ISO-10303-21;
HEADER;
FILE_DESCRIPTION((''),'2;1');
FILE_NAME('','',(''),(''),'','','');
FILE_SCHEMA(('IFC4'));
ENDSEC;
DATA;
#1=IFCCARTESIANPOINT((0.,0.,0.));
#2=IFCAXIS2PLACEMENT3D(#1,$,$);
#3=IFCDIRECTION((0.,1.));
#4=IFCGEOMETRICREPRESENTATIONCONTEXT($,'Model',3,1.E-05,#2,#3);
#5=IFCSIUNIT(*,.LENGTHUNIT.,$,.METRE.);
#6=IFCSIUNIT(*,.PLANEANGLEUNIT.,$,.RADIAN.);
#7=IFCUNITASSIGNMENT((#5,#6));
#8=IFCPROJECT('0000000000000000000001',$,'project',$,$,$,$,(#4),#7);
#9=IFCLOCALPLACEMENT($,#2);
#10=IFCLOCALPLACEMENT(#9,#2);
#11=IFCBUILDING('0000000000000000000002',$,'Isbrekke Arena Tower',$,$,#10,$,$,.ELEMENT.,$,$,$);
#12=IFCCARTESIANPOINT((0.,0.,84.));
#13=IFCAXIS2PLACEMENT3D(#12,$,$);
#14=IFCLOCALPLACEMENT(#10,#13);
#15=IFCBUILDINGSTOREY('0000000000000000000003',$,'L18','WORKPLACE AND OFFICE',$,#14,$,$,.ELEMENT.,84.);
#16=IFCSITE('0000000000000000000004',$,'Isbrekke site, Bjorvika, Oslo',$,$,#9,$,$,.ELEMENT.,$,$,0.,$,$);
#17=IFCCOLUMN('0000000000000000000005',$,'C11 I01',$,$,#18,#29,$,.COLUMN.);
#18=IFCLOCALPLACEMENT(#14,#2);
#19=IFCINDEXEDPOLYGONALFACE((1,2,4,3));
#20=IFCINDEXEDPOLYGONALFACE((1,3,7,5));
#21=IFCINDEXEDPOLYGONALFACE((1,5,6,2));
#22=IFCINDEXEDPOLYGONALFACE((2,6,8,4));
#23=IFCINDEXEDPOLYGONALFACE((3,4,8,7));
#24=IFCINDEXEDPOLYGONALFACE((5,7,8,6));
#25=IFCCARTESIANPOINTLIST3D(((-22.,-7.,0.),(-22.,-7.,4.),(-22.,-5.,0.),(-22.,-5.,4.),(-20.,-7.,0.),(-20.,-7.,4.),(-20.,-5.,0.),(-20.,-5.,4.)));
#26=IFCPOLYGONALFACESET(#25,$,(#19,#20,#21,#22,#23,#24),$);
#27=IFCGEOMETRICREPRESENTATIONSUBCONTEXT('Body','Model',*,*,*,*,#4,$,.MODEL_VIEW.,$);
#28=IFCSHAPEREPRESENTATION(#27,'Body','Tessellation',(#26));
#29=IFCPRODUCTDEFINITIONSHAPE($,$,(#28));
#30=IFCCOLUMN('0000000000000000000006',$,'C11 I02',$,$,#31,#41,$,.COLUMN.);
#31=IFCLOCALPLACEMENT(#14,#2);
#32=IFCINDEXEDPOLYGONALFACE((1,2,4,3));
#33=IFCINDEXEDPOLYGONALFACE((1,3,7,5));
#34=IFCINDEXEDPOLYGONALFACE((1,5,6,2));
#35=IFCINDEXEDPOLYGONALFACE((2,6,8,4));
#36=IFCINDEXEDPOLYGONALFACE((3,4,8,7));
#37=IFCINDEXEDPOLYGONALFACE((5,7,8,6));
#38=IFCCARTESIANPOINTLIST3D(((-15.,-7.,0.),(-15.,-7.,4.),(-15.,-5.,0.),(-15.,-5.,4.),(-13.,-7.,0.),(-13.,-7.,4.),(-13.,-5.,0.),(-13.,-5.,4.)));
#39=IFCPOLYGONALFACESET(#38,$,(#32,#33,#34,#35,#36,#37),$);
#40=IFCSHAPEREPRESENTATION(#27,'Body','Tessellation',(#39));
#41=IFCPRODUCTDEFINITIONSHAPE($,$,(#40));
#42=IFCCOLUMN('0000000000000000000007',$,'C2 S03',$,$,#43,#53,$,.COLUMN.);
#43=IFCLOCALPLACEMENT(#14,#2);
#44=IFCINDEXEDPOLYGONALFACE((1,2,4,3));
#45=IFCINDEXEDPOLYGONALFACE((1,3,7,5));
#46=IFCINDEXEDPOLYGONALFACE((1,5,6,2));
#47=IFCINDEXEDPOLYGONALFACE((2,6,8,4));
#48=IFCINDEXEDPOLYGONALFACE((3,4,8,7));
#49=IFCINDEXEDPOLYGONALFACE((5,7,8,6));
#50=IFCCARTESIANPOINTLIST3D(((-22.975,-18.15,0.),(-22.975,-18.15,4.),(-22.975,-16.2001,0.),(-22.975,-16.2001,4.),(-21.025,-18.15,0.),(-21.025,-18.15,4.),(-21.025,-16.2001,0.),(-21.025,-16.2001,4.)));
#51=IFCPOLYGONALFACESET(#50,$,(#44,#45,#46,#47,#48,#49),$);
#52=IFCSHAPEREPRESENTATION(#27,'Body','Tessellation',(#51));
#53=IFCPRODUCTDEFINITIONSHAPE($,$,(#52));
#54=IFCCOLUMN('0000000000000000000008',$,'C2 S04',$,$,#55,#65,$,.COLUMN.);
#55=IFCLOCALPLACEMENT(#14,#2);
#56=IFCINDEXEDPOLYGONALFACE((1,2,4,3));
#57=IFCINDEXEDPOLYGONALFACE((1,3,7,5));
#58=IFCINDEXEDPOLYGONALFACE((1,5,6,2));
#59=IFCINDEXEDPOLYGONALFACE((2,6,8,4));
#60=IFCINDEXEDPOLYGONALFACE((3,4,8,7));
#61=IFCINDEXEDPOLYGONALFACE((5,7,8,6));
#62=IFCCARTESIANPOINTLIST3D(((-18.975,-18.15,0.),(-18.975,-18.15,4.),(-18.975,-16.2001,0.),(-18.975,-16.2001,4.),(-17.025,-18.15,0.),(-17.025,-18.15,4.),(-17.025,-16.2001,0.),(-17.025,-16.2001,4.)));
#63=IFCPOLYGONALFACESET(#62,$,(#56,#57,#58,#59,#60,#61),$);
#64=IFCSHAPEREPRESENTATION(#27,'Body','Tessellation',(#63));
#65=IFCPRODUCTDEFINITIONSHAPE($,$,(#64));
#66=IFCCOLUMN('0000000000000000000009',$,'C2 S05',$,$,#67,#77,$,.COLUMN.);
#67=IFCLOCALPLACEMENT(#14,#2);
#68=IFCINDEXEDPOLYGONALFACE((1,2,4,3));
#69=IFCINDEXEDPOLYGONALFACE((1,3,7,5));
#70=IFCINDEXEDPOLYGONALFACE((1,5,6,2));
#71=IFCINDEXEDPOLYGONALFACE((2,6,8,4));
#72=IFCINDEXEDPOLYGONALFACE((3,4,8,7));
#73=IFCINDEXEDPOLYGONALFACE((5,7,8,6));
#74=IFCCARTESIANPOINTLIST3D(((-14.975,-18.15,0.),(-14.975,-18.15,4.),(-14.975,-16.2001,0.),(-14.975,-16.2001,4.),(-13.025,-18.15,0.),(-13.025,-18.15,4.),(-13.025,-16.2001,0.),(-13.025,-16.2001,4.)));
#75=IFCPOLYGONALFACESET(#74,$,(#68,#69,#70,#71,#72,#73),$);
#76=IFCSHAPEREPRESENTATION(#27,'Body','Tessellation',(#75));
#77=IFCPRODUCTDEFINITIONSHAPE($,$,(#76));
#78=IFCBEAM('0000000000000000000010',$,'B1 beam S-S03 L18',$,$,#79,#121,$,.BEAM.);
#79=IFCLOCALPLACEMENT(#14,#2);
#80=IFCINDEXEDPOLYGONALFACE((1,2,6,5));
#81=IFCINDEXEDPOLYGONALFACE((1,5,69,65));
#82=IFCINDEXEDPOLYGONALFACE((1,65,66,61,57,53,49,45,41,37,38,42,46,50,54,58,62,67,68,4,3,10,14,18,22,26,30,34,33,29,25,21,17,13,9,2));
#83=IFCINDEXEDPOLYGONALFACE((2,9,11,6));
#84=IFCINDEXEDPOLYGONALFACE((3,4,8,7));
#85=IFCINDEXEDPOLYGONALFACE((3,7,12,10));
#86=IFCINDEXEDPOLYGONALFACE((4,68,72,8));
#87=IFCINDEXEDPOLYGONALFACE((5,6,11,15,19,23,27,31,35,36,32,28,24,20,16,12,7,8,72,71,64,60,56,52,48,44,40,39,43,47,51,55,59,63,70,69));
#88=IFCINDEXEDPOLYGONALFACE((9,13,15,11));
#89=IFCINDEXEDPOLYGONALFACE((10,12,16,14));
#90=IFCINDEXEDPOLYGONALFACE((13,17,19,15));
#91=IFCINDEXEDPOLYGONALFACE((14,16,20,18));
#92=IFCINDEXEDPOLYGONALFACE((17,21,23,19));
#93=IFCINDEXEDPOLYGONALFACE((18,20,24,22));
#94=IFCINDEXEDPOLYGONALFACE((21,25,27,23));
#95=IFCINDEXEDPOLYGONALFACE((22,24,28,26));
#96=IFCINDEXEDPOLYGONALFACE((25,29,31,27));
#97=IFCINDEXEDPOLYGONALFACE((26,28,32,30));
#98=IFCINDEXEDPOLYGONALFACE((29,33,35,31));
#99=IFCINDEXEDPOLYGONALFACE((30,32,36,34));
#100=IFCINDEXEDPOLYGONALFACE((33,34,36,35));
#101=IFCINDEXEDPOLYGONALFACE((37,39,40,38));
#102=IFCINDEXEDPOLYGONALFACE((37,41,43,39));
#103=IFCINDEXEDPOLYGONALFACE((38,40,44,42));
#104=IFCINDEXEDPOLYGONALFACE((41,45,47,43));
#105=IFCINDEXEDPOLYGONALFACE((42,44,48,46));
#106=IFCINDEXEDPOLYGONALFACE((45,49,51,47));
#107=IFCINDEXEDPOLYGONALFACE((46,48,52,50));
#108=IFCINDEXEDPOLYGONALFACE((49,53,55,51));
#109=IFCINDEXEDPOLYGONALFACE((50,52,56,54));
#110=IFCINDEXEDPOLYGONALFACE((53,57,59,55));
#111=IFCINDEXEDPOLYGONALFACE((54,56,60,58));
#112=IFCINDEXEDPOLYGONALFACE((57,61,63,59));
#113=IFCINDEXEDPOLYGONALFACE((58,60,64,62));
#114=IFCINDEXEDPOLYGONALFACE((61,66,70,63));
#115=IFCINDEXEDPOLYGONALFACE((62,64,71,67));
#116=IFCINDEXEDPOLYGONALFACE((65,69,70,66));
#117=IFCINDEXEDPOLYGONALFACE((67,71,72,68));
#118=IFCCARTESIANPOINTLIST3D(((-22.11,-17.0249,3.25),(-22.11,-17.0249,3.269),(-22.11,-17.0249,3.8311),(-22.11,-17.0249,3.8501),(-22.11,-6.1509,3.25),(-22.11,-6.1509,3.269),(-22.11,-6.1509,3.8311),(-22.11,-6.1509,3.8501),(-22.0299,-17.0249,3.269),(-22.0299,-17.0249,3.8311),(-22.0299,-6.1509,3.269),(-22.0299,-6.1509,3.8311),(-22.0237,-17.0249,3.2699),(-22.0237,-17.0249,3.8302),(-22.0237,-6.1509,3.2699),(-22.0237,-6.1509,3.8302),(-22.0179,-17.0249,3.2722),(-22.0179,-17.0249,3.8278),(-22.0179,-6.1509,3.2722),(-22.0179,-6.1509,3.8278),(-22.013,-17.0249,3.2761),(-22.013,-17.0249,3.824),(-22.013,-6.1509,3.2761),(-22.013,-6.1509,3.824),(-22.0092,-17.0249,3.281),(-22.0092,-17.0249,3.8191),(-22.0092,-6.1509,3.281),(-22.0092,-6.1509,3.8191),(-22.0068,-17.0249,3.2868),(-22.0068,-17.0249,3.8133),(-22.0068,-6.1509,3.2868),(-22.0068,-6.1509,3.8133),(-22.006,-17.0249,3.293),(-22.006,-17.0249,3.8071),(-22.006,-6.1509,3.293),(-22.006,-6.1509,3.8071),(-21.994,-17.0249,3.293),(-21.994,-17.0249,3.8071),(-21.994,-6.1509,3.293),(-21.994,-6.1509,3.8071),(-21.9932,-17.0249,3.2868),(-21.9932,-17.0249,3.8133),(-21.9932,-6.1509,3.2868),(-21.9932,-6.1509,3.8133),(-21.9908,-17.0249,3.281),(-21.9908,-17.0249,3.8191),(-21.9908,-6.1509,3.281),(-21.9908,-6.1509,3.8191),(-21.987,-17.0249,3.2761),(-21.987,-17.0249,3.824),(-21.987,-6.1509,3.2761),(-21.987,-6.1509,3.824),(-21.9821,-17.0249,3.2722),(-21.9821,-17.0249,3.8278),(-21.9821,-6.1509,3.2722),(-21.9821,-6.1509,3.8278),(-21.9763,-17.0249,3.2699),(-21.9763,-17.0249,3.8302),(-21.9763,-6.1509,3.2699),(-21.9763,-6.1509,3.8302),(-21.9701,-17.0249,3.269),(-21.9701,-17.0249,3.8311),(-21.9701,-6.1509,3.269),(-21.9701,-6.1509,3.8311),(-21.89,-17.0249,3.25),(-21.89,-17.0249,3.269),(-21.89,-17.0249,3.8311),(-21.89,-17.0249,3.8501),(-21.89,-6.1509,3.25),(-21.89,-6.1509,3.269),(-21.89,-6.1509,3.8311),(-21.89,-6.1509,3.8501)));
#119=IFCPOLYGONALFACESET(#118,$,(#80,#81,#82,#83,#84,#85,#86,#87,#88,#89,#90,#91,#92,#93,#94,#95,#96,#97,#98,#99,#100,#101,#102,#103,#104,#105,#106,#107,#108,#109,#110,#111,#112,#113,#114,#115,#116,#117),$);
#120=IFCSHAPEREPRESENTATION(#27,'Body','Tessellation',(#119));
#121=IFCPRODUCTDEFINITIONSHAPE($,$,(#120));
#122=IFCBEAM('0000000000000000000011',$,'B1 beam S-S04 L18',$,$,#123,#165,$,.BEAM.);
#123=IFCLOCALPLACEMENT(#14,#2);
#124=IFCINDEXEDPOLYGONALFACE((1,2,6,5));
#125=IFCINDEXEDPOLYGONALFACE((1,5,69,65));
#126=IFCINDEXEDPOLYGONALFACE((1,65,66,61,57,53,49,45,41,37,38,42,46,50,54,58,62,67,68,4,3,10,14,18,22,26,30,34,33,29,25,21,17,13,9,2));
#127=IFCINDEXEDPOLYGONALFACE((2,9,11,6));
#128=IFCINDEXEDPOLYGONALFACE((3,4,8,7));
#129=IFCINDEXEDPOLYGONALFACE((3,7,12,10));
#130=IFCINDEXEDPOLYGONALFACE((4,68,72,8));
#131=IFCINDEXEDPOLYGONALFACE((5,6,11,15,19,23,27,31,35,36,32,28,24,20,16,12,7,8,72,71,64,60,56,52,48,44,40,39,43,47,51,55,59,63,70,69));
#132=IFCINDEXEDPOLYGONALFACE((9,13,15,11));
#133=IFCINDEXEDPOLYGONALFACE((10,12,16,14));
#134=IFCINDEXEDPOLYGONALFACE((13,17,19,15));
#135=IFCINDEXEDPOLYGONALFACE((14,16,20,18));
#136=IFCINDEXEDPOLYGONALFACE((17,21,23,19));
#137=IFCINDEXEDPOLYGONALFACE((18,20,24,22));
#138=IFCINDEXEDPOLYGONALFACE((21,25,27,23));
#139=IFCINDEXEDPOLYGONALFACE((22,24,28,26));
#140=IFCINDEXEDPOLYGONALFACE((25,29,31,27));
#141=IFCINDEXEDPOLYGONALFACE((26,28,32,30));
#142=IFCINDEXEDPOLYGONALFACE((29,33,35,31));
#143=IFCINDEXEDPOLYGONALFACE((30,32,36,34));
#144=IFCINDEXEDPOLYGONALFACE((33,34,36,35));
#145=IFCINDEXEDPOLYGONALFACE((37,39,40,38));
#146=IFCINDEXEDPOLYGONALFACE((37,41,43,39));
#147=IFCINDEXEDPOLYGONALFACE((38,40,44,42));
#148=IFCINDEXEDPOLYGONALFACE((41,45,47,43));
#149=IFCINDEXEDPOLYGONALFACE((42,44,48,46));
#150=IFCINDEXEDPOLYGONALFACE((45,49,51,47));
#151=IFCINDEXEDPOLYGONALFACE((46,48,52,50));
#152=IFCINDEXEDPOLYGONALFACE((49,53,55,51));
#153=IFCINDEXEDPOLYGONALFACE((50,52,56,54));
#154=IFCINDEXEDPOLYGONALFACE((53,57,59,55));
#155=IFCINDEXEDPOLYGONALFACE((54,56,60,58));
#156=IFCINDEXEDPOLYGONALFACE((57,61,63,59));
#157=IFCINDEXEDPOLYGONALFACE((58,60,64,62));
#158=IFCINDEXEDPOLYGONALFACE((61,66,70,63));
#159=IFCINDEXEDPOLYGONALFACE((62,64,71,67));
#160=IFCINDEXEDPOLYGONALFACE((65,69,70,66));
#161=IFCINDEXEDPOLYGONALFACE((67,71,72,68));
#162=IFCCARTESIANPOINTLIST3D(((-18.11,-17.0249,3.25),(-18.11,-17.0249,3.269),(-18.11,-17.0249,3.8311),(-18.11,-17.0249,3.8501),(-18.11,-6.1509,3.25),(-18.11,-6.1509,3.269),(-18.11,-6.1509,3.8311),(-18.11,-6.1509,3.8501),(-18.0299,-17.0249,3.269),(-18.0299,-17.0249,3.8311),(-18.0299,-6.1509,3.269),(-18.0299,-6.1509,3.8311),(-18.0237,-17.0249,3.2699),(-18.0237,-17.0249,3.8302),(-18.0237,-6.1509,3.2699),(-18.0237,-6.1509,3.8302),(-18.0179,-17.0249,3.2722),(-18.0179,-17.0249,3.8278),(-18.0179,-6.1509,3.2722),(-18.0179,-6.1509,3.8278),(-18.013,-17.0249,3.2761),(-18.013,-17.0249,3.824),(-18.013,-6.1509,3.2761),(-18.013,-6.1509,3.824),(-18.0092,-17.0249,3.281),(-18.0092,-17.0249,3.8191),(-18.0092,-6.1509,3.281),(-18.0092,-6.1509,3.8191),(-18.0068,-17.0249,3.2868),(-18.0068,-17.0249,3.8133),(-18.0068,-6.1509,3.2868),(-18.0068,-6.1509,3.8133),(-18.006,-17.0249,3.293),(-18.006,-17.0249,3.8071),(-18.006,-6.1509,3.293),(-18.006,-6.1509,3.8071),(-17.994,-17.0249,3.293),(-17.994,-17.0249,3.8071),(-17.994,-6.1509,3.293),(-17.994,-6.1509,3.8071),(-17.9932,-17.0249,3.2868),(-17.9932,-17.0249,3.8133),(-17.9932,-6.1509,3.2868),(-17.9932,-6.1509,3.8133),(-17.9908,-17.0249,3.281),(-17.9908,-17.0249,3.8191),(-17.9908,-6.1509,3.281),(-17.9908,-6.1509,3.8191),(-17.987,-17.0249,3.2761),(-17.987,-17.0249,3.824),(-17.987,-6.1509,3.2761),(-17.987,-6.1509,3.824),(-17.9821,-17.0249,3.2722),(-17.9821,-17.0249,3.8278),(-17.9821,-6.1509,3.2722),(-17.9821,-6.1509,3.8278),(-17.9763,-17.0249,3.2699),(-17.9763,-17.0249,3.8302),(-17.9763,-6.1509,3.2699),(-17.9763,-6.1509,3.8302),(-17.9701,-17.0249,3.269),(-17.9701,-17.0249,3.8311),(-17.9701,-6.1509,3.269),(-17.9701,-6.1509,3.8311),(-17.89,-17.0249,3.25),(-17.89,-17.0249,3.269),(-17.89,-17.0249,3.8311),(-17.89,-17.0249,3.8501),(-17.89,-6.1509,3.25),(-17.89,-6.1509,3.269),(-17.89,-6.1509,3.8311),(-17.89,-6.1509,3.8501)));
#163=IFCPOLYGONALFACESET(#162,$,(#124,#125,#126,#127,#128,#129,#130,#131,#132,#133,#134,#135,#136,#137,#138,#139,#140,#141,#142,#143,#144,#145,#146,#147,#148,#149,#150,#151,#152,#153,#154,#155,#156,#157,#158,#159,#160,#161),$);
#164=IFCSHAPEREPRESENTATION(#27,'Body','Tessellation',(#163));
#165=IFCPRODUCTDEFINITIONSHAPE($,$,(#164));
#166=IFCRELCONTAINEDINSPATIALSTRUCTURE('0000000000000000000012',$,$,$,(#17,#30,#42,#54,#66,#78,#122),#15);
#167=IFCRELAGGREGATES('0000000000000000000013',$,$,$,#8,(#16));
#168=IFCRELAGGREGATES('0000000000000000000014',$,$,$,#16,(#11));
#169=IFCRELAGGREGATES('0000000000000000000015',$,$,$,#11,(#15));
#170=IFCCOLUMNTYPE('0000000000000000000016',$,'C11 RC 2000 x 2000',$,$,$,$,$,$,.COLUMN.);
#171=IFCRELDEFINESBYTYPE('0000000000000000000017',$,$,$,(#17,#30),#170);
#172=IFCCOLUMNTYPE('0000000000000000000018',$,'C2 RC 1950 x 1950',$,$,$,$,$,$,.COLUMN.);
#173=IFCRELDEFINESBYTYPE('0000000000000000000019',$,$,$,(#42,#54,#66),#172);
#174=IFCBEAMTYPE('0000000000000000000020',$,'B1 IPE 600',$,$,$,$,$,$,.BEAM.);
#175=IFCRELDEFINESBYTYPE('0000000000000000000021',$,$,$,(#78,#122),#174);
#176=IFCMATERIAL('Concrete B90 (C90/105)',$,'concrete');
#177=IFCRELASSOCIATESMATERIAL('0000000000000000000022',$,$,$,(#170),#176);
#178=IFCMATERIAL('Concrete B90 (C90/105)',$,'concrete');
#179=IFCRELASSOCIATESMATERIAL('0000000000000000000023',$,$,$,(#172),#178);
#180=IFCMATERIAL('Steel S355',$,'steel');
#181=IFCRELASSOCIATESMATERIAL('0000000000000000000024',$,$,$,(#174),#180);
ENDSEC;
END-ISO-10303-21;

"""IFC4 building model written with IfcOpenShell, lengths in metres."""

from ifc_helpers import new_model, si_unit, direction, frame, origin, origin_2d, place, context, subcontext, project, spatial, rectangle, i_section, extrude, material, material_profile, profile_set, type_object, element, save


model = new_model("IFC4")

# Units and contexts
model_context = context("Model", 3, precision=1e-05, world=origin(), true_north=direction((0.0, 1.0)))
body_context = subcontext(model_context, "Body", "Model", "MODEL_VIEW")
ifc_project = project(units=[si_unit("LENGTHUNIT", "METRE"), si_unit("PLANEANGLEUNIT", "RADIAN")], contexts=[model_context])

# Site, building, storey
site_placement = place(None, origin())
site = spatial("IfcSite", under=ifc_project, at=site_placement, Name="Isbrekke site, Bjorvika, Oslo", CompositionType="ELEMENT", RefElevation=0.0)
building_placement = place(site_placement, origin())
building = spatial("IfcBuilding", under=site, at=building_placement, Name="Isbrekke Arena Tower", CompositionType="ELEMENT")
storey_placement = place(building_placement, frame((0.0, 0.0, 84.0)))
storey = spatial("IfcBuildingStorey", under=building, at=storey_placement, Name="L18", Description="WORKPLACE AND OFFICE", CompositionType="ELEMENT", Elevation=84.0)

# Columns
ifc_material_1 = material(Name="Concrete B90 (C90/105)", Category="concrete")
ifc_material_profile_1 = material_profile(ifc_material_1, rectangle(XDim=2.0, YDim=2.0, at=origin_2d()), Name="RC 2000x2000")
ifc_profile_set_1 = profile_set([ifc_material_profile_1], Name="Concrete B90 (C90/105)")
column_type_1 = type_object("IfcColumnType", Name="C11 RC 2000 x 2000", PredefinedType="COLUMN", material=ifc_profile_set_1)
for number, where, z_axis, x_axis, name in (
    (1, (-21.0, -6.0, 0.0), (0.0, 0.0, 1.0), (1.0, 0.0, 0.0), "C11 I01"),
    (2, (-14.0, -6.0, 0.0), (0.0, 0.0, 1.0), (1.0, 0.0, 0.0), "C11 I02"),
):
    element("IfcColumn", number, at=place(storey_placement, frame(where, z_axis=z_axis, x_axis=x_axis)), inside=storey, type_object=column_type_1, Name=name, PredefinedType="COLUMN", context=body_context, shape_type="SweptSolid", body=[
        extrude(rectangle(XDim=2.0, YDim=2.0, at=origin_2d()), origin(), (0.0, 0.0, 1.0), 4.0),
    ])
ifc_material_2 = material(Name="Concrete B90 (C90/105)", Category="concrete")
ifc_material_profile_2 = material_profile(ifc_material_2, rectangle(XDim=1.95, YDim=1.95, at=origin_2d()), Name="RC 1950x1950")
ifc_profile_set_2 = profile_set([ifc_material_profile_2], Name="Concrete B90 (C90/105)")
column_type_2 = type_object("IfcColumnType", Name="C2 RC 1950 x 1950", PredefinedType="COLUMN", material=ifc_profile_set_2)
for number, where, z_axis, x_axis, name in (
    (3, (-22.0, -17.175, 0.0), (0.0, 0.0, 1.0), (1.0, 0.0, 0.0), "C2 S03"),
    (4, (-18.0, -17.175, 0.0), (0.0, 0.0, 1.0), (1.0, 0.0, 0.0), "C2 S04"),
    (5, (-14.0, -17.175, 0.0), (0.0, 0.0, 1.0), (1.0, 0.0, 0.0), "C2 S05"),
):
    element("IfcColumn", number, at=place(storey_placement, frame(where, z_axis=z_axis, x_axis=x_axis)), inside=storey, type_object=column_type_2, Name=name, PredefinedType="COLUMN", context=body_context, shape_type="SweptSolid", body=[
        extrude(rectangle(XDim=1.95, YDim=1.95, at=origin_2d()), origin(), (0.0, 0.0, 1.0), 4.0),
    ])

# Beams
ifc_material_3 = material(Name="Steel S355", Category="steel")
ifc_material_profile_3 = material_profile(ifc_material_3, i_section(OverallWidth=0.22, OverallDepth=0.6001, WebThickness=0.012, FlangeThickness=0.019, FilletRadius=0.0239, at=origin_2d()), Name="IPE 600")
ifc_profile_set_3 = profile_set([ifc_material_profile_3], Name="Steel S355")
beam_type_1 = type_object("IfcBeamType", Name="B1 IPE 600", PredefinedType="BEAM", material=ifc_profile_set_3)
for number, where, z_axis, x_axis, name in (
    (6, (-22.0, -17.0249, 3.55), (0.0, 1.0, 0.0), (-1.0, 0.0, 0.0), "B1 beam S-S03 L18"),
    (7, (-18.0, -17.0249, 3.55), (0.0, 1.0, 0.0), (-1.0, 0.0, 0.0), "B1 beam S-S04 L18"),
):
    element("IfcBeam", number, at=place(storey_placement, frame(where, z_axis=z_axis, x_axis=x_axis)), inside=storey, type_object=beam_type_1, Name=name, PredefinedType="BEAM", context=body_context, shape_type="SweptSolid", body=[
        extrude(i_section(OverallWidth=0.22, OverallDepth=0.6001, WebThickness=0.012, FlangeThickness=0.019, FilletRadius=0.0239, at=origin_2d()), origin(), (0.0, 0.0, 1.0), 10.874),
    ])

save(model, "model.ifc")
